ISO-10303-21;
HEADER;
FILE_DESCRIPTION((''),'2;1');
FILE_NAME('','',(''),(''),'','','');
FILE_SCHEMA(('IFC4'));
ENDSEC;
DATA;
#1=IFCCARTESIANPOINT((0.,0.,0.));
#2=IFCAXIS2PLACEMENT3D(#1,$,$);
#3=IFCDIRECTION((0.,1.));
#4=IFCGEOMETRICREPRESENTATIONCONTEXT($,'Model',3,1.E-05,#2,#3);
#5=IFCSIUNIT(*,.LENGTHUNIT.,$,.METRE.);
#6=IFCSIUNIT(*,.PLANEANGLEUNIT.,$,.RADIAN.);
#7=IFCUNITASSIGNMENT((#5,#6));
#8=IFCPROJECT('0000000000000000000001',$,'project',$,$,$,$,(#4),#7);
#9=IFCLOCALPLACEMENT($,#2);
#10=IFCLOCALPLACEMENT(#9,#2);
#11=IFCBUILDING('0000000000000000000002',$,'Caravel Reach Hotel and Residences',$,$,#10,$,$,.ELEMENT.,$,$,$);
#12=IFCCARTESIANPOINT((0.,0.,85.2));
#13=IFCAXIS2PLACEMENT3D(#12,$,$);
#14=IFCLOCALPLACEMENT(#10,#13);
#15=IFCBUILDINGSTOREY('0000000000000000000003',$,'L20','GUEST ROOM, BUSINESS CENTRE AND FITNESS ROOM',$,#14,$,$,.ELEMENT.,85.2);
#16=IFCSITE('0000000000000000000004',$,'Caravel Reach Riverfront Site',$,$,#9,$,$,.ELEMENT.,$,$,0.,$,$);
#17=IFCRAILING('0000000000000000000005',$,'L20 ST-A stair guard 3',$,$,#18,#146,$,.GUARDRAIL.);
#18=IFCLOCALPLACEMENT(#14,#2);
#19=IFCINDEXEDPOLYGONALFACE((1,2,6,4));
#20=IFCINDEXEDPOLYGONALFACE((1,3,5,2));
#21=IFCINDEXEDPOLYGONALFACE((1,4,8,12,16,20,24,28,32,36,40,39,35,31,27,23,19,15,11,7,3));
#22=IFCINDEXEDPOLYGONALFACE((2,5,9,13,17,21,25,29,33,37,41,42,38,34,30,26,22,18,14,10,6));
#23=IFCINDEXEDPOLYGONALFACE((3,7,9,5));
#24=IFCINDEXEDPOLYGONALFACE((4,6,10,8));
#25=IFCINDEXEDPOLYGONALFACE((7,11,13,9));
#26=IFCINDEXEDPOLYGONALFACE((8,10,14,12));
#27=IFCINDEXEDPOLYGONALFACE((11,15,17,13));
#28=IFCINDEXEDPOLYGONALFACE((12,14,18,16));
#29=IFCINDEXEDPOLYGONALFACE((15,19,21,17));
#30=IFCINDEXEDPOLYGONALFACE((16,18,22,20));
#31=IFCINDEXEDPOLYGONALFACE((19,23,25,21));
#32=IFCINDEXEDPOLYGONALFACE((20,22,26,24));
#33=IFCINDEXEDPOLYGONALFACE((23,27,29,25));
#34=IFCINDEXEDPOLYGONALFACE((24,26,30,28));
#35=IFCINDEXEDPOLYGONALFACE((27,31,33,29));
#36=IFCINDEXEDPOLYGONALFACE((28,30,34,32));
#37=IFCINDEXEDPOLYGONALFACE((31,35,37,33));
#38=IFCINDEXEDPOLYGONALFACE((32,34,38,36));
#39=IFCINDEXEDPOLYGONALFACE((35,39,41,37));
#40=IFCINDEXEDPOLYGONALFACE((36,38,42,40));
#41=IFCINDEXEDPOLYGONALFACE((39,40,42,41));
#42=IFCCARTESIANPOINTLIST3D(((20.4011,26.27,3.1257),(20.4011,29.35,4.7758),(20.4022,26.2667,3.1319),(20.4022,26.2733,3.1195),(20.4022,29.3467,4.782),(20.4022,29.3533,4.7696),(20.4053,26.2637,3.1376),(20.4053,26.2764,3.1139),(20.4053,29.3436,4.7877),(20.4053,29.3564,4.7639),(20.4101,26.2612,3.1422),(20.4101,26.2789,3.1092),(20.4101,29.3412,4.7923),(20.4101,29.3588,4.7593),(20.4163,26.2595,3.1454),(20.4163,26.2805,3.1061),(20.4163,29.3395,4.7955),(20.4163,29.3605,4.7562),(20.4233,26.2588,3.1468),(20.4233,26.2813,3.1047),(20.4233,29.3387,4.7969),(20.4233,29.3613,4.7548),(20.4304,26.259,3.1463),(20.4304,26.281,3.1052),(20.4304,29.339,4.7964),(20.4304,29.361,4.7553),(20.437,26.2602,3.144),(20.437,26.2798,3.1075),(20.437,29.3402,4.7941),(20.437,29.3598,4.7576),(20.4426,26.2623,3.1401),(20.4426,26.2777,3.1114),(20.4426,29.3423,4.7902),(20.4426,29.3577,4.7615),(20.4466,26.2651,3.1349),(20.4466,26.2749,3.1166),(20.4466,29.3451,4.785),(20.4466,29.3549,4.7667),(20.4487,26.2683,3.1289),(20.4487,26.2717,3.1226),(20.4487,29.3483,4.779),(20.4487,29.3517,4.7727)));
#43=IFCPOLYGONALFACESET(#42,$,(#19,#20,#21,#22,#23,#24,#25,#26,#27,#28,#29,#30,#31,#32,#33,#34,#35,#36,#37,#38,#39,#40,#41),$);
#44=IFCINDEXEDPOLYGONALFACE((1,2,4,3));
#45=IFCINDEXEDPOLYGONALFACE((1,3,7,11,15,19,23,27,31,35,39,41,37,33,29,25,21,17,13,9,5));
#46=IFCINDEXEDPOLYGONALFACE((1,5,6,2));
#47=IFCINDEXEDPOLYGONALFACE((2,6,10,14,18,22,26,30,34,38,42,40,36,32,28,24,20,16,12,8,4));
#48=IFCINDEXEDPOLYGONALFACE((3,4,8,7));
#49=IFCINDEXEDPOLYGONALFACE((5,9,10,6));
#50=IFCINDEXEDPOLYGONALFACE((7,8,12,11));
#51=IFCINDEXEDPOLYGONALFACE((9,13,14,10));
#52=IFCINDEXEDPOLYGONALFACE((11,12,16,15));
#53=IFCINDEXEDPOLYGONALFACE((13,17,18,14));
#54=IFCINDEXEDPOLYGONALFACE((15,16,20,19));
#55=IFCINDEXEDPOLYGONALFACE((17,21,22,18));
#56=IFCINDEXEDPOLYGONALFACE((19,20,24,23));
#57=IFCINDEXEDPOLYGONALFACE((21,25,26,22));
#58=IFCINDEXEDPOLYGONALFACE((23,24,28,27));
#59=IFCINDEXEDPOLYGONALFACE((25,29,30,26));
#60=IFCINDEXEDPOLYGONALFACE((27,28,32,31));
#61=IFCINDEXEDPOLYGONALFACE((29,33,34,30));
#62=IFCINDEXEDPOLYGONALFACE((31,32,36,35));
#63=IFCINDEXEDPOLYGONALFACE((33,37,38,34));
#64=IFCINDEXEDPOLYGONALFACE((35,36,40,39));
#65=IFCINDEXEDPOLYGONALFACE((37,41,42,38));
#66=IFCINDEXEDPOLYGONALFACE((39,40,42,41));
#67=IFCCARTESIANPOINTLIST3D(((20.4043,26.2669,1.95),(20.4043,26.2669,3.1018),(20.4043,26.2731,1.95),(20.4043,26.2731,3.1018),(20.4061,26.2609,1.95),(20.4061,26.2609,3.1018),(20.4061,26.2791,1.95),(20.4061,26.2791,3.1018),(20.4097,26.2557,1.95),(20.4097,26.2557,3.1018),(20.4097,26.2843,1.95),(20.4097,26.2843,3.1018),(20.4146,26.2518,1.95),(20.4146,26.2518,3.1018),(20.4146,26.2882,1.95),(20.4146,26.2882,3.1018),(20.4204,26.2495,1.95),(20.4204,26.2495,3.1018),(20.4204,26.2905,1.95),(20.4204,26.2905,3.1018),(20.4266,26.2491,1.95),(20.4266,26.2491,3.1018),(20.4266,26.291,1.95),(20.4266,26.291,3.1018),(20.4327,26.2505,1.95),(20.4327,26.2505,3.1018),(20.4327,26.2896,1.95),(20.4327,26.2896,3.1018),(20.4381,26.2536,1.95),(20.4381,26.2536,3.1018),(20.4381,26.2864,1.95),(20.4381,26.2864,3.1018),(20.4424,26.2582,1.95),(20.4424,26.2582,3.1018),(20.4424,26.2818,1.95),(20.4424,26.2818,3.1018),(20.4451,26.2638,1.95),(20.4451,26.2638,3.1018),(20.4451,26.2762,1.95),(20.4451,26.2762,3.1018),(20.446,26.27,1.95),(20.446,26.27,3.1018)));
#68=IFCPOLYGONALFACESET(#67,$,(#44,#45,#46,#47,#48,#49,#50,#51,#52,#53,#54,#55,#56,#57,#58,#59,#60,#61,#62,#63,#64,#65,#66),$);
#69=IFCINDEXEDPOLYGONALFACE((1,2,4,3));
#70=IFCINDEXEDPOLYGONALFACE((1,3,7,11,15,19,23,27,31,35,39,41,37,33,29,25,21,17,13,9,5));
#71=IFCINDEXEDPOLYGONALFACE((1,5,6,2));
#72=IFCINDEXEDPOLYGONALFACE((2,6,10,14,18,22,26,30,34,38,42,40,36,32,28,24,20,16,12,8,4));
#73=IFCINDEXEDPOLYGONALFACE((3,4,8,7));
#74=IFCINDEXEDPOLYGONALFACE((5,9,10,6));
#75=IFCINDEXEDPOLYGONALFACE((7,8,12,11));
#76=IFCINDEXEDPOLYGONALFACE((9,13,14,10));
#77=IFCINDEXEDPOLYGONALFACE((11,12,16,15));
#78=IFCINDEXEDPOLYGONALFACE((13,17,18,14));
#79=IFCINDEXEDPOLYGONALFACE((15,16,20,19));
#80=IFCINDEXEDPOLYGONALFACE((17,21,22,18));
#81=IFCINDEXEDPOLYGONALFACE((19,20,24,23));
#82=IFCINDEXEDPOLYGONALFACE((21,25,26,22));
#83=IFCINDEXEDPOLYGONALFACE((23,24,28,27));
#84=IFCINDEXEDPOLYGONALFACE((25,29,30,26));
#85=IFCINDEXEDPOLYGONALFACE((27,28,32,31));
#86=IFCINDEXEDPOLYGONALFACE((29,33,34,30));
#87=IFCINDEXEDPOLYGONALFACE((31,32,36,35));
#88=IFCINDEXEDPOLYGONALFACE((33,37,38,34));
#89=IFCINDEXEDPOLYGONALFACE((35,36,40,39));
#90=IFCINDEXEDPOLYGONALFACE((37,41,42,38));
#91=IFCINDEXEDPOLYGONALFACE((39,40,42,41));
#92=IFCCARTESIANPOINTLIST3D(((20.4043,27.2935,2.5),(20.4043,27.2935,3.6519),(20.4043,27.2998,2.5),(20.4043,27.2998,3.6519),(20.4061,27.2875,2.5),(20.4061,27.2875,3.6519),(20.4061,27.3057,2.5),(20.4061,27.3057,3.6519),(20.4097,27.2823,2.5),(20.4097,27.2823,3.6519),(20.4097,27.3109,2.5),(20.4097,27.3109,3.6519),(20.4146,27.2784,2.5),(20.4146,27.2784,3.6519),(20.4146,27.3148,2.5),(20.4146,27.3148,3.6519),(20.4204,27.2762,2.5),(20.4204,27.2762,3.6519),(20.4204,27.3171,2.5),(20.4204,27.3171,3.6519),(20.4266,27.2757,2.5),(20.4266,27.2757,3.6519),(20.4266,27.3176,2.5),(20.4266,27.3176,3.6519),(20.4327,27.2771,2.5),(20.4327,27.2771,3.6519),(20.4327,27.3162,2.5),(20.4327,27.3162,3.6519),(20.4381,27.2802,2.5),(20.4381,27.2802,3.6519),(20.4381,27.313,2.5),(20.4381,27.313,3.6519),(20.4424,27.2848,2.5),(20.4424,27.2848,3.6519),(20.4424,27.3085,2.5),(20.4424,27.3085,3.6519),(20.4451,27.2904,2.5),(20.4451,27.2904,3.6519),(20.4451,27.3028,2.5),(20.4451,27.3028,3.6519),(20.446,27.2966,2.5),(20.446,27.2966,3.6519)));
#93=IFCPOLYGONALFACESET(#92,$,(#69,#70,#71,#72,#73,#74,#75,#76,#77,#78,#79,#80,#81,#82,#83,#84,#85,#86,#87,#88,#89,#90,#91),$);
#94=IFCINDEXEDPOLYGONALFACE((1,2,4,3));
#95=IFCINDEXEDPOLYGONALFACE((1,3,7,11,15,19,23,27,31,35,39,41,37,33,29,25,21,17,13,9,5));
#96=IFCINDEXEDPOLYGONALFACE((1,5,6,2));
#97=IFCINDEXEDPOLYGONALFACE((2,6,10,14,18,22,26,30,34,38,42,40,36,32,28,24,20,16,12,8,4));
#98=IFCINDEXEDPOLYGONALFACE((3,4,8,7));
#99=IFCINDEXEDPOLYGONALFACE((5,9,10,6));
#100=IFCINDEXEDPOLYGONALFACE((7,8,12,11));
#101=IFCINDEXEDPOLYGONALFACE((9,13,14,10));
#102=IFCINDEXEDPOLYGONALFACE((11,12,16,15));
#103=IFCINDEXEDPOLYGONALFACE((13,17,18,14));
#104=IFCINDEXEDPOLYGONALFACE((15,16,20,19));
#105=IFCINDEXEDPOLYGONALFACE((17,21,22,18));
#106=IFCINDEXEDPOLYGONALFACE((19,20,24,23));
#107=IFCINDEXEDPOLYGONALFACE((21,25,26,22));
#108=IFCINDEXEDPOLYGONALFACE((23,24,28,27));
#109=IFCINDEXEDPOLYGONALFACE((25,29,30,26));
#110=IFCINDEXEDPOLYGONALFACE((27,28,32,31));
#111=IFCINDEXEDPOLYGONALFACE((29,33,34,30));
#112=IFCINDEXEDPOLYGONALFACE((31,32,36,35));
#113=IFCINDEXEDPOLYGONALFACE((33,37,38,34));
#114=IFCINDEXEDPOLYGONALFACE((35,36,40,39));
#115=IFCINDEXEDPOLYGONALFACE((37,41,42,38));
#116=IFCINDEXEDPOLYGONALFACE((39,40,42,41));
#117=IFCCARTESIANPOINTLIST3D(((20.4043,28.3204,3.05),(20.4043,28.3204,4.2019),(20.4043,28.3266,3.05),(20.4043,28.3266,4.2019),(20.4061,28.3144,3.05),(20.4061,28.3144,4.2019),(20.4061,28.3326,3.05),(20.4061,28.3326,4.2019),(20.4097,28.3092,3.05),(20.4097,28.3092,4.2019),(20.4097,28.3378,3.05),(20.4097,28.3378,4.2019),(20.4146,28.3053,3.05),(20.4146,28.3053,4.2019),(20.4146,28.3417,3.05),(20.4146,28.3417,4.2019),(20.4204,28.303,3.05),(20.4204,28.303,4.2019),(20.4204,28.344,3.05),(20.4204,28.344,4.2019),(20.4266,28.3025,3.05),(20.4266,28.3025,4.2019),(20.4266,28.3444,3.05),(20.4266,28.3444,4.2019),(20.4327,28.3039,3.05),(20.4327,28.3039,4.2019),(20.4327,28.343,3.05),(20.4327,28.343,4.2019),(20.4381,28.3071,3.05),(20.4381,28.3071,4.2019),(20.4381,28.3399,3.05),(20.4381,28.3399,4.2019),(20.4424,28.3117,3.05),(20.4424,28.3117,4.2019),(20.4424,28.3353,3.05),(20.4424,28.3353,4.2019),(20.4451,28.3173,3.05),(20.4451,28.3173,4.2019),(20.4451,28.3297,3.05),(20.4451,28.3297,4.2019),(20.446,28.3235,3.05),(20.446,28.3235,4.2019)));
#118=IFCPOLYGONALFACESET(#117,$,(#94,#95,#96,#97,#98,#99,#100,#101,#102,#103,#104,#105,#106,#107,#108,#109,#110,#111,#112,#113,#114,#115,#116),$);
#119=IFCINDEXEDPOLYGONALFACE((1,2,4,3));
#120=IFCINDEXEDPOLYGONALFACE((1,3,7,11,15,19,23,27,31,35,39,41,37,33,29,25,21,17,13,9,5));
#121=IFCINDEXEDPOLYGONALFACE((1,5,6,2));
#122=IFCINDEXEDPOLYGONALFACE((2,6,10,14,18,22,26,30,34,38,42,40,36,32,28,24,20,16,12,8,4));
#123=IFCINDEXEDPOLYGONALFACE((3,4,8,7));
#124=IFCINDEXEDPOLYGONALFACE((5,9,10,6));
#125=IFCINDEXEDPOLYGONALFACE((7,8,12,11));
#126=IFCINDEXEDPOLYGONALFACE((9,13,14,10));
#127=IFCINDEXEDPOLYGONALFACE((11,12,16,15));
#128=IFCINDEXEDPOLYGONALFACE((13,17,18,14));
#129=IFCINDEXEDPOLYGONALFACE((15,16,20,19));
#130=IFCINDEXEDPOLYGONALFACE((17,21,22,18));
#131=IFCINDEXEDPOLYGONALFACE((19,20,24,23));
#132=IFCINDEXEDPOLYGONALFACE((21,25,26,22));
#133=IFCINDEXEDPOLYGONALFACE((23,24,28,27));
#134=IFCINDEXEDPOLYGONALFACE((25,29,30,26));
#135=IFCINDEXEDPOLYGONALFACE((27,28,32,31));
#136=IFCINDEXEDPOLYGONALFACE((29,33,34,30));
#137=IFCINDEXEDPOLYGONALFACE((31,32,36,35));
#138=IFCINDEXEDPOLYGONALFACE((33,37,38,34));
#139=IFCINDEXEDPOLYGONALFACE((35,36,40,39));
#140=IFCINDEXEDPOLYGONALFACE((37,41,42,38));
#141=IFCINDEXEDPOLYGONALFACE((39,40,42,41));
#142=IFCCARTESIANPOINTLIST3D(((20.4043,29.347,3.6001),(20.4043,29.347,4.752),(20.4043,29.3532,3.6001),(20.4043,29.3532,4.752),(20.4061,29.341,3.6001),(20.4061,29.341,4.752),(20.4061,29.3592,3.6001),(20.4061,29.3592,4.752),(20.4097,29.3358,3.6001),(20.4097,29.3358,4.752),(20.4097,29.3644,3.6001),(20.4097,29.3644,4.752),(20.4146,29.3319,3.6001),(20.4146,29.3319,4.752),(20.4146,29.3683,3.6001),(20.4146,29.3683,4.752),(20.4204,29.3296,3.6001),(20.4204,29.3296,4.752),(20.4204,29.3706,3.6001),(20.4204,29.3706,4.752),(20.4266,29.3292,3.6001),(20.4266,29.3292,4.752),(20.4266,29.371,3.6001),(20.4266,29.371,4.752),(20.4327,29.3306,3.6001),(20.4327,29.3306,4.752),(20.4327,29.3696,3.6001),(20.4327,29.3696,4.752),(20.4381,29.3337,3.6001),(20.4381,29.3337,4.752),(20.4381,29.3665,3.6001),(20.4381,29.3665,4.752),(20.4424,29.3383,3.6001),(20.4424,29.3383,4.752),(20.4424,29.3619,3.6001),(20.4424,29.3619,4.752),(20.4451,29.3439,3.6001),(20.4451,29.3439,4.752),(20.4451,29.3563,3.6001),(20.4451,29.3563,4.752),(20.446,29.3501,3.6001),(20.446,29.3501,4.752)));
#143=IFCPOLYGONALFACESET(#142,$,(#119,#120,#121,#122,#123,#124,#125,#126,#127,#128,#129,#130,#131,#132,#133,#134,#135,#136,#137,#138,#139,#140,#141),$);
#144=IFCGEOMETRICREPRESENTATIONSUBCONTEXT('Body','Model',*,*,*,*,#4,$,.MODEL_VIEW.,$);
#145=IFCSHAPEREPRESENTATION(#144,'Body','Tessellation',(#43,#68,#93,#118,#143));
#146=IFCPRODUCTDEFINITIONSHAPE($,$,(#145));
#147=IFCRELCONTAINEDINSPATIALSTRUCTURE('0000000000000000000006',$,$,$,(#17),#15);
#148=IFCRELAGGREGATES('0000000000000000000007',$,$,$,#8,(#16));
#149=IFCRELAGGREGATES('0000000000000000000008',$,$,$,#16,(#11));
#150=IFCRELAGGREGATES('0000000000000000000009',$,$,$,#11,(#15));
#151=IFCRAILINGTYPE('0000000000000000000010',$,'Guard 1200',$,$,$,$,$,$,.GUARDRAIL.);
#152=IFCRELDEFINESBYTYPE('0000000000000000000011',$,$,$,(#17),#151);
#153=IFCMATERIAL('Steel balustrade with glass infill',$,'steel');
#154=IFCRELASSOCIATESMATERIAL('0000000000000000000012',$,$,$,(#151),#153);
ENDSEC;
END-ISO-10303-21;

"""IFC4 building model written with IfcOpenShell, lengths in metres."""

from ifc_helpers import new_model, si_unit, direction, frame, origin, origin_2d, place, context, subcontext, project, spatial, circle, extrude, material, type_object, element, save


model = new_model("IFC4")

# Units and contexts
model_context = context("Model", 3, precision=1e-05, world=origin(), true_north=direction((0.0, 1.0)))
body_context = subcontext(model_context, "Body", "Model", "MODEL_VIEW")
ifc_project = project(units=[si_unit("LENGTHUNIT", "METRE"), si_unit("PLANEANGLEUNIT", "RADIAN")], contexts=[model_context])

# Site, building, storey
site_placement = place(None, origin())
site = spatial("IfcSite", under=ifc_project, at=site_placement, Name="Caravel Reach Riverfront Site", CompositionType="ELEMENT", RefElevation=0.0)
building_placement = place(site_placement, origin())
building = spatial("IfcBuilding", under=site, at=building_placement, Name="Caravel Reach Hotel and Residences", CompositionType="ELEMENT")
storey_placement = place(building_placement, frame((0.0, 0.0, 85.2)))
storey = spatial("IfcBuildingStorey", under=building, at=storey_placement, Name="L20", Description="GUEST ROOM, BUSINESS CENTRE AND FITNESS ROOM", CompositionType="ELEMENT", Elevation=85.2)

# Railing
ifc_material_1 = material(Name="Steel balustrade with glass infill", Category="steel")
railing_type_1 = type_object("IfcRailingType", Name="Guard 1200", PredefinedType="GUARDRAIL", material=ifc_material_1)
railing_1_placement = place(storey_placement, frame((20.425, 26.27, 1.95)))
element("IfcRailing", 1, at=railing_1_placement, inside=storey, type_object=railing_type_1, Name="L20 ST-A stair guard 3", PredefinedType="GUARDRAIL", context=body_context, shape_type="SweptSolid", body=[
    extrude(circle(Radius=0.0239, at=origin_2d()), frame((0.0, 0.0, 1.1758), z_axis=(0.0, 0.881468, 0.472245), x_axis=(-1.0, 0.0, 0.0)), (0.0, 0.0, 1.0), 3.4941),
    extrude(circle(Radius=0.021, at=origin_2d()), origin(), (0.0, 0.0, 1.0), 1.1519),
    extrude(circle(Radius=0.021, at=origin_2d()), frame((0.0, 1.0266, 0.55)), (0.0, 0.0, 1.0), 1.1519),
    extrude(circle(Radius=0.021, at=origin_2d()), frame((0.0, 2.0535, 1.1001)), (0.0, 0.0, 1.0), 1.1519),
    extrude(circle(Radius=0.021, at=origin_2d()), frame((0.0, 3.0801, 1.6501)), (0.0, 0.0, 1.0), 1.1519),
])

save(model, "model.ifc")
